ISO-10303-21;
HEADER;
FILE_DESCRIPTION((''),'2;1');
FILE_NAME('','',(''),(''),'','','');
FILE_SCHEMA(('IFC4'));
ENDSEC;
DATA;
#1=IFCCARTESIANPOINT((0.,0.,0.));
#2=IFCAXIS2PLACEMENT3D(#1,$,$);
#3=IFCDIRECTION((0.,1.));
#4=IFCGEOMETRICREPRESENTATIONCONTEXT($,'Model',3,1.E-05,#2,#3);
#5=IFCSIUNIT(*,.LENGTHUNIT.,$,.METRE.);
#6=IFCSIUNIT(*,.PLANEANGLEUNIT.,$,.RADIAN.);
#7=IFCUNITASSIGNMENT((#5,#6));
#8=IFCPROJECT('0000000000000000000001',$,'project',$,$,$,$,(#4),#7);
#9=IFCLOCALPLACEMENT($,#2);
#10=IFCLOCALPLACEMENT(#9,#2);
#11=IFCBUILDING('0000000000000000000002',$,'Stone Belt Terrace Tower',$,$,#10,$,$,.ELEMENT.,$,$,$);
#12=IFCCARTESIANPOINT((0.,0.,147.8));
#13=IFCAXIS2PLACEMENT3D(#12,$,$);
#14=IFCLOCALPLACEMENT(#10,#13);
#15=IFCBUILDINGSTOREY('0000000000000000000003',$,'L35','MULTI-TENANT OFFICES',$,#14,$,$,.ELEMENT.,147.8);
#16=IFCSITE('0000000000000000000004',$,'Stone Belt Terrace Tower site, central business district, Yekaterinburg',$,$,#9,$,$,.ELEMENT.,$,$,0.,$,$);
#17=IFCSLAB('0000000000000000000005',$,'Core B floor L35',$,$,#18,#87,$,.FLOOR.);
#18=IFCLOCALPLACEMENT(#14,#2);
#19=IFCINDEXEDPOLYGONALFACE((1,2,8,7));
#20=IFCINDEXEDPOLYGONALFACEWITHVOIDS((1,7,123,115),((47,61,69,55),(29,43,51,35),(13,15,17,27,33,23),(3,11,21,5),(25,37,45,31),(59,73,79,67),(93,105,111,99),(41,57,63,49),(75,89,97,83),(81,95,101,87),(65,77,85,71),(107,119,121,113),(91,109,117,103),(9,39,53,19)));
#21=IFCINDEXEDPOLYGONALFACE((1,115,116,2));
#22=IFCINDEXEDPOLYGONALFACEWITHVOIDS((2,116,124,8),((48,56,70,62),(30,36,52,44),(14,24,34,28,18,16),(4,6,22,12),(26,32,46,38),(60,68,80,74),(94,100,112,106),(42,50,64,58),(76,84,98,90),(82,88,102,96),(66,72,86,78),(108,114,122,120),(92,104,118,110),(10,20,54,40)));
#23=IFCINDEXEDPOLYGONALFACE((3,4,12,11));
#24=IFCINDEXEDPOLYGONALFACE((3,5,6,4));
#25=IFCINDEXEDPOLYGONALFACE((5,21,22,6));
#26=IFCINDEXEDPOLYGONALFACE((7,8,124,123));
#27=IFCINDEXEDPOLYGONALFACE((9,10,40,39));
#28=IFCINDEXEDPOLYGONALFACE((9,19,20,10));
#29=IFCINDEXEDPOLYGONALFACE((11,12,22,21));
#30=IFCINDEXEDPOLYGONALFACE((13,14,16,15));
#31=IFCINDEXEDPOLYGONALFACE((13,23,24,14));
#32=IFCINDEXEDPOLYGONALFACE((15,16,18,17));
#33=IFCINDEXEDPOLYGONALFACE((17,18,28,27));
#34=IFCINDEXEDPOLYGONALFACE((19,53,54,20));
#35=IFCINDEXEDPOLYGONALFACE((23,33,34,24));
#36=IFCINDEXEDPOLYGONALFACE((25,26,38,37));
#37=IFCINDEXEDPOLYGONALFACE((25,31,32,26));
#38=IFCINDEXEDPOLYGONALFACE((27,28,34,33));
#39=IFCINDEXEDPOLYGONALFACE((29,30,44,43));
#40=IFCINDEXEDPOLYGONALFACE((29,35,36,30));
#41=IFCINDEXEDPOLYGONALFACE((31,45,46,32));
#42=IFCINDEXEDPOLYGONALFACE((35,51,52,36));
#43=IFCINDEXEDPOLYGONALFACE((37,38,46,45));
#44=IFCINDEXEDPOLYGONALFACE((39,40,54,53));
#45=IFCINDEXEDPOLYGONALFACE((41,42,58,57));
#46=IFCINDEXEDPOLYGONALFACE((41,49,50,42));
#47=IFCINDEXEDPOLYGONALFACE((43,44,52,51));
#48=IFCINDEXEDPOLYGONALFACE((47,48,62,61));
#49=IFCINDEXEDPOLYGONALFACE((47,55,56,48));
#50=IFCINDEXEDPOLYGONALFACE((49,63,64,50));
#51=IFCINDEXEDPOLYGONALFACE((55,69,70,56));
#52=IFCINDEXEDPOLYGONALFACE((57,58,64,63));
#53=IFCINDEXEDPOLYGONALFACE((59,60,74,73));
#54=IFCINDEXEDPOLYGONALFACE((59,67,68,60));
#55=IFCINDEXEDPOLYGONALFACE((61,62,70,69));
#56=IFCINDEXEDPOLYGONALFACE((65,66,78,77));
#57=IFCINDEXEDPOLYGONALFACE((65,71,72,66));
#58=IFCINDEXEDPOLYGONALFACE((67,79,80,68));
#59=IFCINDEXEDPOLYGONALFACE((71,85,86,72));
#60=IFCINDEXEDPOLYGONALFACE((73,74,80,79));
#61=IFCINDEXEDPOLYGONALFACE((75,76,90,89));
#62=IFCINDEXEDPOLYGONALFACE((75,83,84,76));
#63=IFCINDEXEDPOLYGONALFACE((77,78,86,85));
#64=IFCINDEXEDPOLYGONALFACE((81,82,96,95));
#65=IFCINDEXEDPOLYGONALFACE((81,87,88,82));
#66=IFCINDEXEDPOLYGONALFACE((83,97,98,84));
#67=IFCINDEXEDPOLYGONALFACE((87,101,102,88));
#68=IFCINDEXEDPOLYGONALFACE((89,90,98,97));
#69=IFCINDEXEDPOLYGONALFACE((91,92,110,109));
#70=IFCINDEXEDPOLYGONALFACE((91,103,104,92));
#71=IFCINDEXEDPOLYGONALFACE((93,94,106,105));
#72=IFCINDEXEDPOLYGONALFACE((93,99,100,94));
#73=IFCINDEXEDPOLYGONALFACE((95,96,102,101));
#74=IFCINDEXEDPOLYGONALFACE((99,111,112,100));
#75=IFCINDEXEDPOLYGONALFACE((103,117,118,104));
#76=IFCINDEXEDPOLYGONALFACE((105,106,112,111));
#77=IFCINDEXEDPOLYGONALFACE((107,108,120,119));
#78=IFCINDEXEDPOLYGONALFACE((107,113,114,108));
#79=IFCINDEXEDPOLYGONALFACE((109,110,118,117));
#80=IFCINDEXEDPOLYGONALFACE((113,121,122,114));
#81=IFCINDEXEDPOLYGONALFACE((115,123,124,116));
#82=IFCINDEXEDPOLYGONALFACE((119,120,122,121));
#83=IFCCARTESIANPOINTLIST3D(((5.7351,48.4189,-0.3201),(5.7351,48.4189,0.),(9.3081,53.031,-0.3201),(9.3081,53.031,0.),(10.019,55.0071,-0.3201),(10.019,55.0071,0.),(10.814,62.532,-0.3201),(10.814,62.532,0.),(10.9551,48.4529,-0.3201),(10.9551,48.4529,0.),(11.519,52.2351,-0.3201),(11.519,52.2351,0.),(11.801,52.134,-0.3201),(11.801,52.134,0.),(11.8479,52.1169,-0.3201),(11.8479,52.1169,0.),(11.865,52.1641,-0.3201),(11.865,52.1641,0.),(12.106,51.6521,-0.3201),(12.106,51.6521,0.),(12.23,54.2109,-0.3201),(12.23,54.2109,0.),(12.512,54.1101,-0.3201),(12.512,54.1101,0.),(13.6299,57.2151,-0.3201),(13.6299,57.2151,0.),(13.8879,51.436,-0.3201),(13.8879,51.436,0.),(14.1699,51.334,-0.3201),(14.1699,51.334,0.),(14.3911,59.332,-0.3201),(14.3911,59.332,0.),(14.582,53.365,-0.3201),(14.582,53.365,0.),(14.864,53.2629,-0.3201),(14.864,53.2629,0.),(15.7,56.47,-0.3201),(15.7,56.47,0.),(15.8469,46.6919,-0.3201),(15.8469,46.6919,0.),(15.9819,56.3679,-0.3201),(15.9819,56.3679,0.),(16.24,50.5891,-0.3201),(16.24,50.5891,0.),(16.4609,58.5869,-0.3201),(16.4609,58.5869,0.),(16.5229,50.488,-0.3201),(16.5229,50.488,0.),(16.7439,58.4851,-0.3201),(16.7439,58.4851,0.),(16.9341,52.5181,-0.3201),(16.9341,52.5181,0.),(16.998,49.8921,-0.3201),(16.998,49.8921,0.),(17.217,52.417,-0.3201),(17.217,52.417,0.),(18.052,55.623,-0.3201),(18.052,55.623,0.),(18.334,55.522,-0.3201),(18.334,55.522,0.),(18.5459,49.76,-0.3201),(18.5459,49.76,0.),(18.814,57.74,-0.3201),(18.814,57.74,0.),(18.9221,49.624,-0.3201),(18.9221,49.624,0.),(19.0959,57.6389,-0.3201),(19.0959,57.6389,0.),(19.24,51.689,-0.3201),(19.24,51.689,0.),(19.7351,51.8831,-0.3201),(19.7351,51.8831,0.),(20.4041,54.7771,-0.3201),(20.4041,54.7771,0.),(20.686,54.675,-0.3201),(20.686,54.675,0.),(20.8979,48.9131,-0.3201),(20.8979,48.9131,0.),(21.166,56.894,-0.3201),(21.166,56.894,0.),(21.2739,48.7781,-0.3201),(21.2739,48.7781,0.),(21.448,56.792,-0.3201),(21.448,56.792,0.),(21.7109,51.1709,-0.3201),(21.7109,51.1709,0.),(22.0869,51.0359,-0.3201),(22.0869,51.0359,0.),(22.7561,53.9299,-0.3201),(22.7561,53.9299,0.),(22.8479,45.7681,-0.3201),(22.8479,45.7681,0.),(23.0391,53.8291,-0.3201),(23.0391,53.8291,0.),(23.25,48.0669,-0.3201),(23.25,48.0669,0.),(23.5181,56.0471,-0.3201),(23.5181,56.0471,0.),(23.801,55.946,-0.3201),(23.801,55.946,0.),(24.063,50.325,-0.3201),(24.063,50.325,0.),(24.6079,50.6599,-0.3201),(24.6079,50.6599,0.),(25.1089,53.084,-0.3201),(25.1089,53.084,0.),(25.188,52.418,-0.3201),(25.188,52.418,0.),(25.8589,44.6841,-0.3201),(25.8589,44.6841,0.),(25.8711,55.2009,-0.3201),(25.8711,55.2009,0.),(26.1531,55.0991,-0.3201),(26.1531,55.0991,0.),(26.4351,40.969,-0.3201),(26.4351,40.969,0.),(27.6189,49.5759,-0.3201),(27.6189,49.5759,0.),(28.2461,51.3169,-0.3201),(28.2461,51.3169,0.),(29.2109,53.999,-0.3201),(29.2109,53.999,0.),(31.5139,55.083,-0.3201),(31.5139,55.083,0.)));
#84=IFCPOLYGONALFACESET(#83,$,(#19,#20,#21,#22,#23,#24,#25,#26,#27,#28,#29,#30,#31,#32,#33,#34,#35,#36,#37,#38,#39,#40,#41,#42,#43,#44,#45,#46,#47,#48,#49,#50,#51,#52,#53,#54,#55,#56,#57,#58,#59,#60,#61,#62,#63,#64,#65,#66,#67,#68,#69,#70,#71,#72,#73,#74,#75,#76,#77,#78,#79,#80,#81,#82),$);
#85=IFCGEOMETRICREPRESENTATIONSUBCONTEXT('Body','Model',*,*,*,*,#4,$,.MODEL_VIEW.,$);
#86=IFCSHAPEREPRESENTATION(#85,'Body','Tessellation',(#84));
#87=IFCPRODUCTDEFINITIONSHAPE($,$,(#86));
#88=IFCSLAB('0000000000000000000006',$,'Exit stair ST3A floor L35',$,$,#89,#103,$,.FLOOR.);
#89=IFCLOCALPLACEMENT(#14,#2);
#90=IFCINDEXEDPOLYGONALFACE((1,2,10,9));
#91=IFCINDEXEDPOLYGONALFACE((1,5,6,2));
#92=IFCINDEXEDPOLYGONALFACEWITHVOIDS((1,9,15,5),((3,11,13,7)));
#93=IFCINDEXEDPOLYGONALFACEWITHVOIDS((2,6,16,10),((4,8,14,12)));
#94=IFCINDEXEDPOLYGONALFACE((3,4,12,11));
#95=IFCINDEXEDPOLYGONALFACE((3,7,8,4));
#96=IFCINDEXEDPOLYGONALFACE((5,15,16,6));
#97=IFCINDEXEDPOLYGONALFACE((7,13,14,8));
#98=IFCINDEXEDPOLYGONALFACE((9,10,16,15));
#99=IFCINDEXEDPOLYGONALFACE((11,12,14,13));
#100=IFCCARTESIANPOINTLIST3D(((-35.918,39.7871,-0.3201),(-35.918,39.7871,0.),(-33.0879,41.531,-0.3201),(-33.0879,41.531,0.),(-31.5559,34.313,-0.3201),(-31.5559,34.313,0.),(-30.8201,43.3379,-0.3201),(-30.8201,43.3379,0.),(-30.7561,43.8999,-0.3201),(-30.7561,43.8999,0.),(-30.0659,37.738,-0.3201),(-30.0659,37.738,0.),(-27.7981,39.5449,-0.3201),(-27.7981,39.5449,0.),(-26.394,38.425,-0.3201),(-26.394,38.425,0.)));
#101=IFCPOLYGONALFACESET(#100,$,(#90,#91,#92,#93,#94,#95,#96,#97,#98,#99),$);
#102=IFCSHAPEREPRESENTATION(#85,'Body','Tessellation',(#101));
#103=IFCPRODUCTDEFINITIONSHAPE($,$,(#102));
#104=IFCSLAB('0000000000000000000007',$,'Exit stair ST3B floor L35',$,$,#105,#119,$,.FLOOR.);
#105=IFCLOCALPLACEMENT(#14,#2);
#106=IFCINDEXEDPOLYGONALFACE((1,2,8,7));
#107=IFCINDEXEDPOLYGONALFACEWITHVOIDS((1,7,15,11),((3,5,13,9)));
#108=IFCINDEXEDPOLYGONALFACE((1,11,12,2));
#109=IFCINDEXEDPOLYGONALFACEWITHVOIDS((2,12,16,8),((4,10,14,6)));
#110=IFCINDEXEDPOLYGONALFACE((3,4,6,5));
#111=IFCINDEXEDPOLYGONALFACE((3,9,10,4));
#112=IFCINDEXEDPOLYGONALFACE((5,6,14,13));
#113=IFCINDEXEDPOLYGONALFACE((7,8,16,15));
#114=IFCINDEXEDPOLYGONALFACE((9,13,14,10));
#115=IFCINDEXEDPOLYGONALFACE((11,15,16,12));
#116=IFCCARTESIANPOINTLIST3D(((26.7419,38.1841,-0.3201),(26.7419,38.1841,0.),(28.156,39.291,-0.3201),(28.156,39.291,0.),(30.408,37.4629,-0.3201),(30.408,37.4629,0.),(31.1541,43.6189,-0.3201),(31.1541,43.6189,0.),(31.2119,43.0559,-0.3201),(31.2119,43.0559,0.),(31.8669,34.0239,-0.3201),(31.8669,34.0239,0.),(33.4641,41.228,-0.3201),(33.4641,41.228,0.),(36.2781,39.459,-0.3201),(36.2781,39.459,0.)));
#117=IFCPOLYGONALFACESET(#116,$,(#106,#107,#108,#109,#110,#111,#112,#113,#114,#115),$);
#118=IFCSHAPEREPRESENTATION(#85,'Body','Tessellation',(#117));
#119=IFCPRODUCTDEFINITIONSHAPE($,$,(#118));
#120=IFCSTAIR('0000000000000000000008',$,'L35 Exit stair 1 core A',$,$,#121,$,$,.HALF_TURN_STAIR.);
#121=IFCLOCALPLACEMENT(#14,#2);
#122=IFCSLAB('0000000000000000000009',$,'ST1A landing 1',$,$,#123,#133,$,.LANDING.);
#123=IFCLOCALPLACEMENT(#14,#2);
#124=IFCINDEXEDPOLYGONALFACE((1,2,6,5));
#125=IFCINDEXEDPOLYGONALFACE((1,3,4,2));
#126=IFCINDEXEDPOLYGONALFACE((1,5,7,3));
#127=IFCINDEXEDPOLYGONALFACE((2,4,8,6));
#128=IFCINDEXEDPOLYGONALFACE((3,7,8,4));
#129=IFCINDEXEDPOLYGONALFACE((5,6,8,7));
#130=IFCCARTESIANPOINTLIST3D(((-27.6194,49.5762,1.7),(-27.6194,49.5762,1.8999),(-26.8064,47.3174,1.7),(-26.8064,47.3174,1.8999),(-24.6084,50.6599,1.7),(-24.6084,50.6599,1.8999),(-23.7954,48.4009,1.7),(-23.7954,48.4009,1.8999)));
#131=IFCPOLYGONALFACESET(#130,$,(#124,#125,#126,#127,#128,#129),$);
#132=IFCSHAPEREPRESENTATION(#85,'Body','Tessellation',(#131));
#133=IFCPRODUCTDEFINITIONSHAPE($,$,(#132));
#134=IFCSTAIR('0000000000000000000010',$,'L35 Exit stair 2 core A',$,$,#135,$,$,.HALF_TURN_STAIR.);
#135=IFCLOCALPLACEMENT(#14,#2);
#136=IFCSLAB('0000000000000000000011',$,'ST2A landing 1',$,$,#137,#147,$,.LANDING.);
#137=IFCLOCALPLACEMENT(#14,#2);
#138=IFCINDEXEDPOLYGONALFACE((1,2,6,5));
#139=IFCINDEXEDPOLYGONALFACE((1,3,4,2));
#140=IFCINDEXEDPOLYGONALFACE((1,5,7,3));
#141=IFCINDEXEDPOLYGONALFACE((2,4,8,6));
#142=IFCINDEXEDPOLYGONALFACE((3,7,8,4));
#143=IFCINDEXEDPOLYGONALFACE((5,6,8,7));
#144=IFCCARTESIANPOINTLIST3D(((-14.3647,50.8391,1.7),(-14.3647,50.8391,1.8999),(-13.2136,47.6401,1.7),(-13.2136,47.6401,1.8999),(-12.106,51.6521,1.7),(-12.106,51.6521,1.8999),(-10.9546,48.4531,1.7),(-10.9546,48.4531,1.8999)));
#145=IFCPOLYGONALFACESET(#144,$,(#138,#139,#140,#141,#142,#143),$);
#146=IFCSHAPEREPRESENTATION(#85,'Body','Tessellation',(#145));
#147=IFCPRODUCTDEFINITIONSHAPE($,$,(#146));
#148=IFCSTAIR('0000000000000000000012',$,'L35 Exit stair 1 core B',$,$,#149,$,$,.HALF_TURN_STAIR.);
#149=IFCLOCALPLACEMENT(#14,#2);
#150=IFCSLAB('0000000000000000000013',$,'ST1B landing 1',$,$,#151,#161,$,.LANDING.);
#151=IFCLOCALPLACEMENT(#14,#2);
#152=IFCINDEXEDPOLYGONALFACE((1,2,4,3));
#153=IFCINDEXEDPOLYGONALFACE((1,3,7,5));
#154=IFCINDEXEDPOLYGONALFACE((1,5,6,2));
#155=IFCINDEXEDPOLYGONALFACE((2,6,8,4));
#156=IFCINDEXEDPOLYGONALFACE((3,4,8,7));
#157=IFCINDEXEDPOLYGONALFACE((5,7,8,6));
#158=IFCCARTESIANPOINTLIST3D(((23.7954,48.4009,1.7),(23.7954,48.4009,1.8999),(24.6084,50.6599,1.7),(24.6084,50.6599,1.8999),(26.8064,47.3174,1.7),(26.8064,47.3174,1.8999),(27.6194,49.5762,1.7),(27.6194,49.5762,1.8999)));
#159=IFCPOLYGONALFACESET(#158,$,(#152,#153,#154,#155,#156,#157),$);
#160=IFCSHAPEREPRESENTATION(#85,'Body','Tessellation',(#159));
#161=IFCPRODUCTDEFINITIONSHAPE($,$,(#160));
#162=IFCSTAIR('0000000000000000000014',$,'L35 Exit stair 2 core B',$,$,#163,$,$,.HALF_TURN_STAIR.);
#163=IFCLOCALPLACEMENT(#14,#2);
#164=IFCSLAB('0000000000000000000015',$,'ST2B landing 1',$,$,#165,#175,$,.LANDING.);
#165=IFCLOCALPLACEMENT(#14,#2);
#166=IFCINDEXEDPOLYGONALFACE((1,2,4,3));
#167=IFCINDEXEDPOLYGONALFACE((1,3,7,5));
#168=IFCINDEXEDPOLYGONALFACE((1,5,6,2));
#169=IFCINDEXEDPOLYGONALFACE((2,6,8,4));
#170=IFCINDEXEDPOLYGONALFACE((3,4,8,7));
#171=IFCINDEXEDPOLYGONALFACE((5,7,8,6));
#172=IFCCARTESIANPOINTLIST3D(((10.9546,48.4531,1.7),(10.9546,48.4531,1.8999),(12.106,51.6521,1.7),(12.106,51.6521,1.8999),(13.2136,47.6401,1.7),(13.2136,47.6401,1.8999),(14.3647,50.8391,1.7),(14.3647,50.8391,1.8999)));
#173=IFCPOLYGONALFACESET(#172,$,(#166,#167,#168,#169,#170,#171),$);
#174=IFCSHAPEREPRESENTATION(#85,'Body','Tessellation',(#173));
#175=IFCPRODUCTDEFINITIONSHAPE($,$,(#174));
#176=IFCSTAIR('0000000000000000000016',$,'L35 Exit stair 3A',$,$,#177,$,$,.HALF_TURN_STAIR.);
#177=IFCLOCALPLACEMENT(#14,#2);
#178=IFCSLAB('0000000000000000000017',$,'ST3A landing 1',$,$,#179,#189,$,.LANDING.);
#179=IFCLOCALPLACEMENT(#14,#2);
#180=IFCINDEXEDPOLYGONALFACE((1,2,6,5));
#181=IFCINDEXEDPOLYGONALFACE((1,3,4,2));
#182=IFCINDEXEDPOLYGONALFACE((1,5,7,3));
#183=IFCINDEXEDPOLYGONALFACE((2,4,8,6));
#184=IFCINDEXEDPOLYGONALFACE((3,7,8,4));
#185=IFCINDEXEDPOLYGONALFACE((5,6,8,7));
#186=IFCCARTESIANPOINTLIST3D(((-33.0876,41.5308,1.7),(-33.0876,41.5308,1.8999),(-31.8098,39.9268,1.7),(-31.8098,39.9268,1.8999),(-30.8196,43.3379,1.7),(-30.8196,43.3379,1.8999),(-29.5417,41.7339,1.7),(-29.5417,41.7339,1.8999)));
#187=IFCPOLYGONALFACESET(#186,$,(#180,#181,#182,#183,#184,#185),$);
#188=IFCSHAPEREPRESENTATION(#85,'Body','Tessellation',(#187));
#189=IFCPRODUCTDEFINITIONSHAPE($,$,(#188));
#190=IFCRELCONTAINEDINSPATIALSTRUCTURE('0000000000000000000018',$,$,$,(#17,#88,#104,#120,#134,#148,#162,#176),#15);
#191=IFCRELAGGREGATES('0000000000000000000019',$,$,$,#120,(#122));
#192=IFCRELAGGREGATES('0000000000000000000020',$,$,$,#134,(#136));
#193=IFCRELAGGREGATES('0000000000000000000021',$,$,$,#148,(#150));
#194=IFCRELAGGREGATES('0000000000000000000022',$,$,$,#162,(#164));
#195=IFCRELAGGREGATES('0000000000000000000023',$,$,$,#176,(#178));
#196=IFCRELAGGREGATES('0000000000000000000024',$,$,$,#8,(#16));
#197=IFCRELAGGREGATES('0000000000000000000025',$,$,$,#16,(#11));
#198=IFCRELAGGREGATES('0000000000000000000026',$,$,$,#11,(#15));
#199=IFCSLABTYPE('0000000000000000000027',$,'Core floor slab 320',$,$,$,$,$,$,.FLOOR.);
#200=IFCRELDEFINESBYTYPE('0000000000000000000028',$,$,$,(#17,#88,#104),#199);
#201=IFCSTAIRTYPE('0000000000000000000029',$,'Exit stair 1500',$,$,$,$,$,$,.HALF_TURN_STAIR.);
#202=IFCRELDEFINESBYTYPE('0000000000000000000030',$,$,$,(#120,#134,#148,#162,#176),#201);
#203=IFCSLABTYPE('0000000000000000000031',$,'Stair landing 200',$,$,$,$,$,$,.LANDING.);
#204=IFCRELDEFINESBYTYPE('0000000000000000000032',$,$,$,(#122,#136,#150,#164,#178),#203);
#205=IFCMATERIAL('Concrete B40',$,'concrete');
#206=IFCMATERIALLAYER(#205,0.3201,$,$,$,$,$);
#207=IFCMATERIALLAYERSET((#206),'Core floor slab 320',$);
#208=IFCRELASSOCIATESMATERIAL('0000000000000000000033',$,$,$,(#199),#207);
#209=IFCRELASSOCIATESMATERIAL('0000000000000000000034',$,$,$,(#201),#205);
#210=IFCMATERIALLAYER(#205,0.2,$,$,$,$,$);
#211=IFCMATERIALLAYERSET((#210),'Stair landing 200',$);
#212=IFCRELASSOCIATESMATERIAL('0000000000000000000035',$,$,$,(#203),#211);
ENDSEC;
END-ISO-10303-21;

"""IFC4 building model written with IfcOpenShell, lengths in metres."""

from ifc_helpers import new_model, si_unit, direction, frame, origin, place, context, subcontext, project, spatial, polyline, outline, extrude, material, layer, layer_set, type_object, element, aggregate, save


model = new_model("IFC4")

# Units and contexts
model_context = context("Model", 3, precision=1e-05, world=origin(), true_north=direction((0.0, 1.0)))
body_context = subcontext(model_context, "Body", "Model", "MODEL_VIEW")
ifc_project = project(units=[si_unit("LENGTHUNIT", "METRE"), si_unit("PLANEANGLEUNIT", "RADIAN")], contexts=[model_context])

# Site, building, storey
site_placement = place(None, origin())
site = spatial("IfcSite", under=ifc_project, at=site_placement, Name="Stone Belt Terrace Tower site, central business district, Yekaterinburg", CompositionType="ELEMENT", RefElevation=0.0)
building_placement = place(site_placement, origin())
building = spatial("IfcBuilding", under=site, at=building_placement, Name="Stone Belt Terrace Tower", CompositionType="ELEMENT")
storey_placement = place(building_placement, frame((0.0, 0.0, 147.8)))
storey = spatial("IfcBuildingStorey", under=building, at=storey_placement, Name="L35", Description="MULTI-TENANT OFFICES", CompositionType="ELEMENT", Elevation=147.8)

# Slabs
ifc_material_1 = material(Name="Concrete B40", Category="concrete")
ifc_layer_1 = layer(ifc_material_1, 0.3201)
ifc_layer_set_1 = layer_set([ifc_layer_1], Name="Core floor slab 320")
slab_type_1 = type_object("IfcSlabType", Name="Core floor slab 320", PredefinedType="FLOOR", material=ifc_layer_set_1)
slab_1_placement = place(storey_placement, frame((0.0, 0.0, -0.3201)))
element("IfcSlab", 1, at=slab_1_placement, inside=storey, type_object=slab_type_1, Name="Core B floor L35", PredefinedType="FLOOR", context=body_context, shape_type="SweptSolid", body=[
    extrude(outline(polyline([(26.4351, 40.969), (31.5139, 55.083), (10.814, 62.532), (5.7351, 48.4189), (26.4351, 40.969)]), holes=[polyline([(12.106, 51.6521), (16.998, 49.8921), (15.8469, 46.6919), (10.9551, 48.4529), (12.106, 51.6521)]), polyline([(19.24, 51.689), (18.5459, 49.76), (16.5229, 50.488), (17.217, 52.417), (19.24, 51.689)]), polyline([(16.24, 50.5891), (14.1699, 51.334), (14.864, 53.2629), (16.9341, 52.5181), (16.24, 50.5891)]), polyline([(12.512, 54.1101), (14.582, 53.365), (13.8879, 51.436), (11.865, 52.1641), (11.8479, 52.1169), (11.801, 52.134), (12.512, 54.1101)]), polyline([(9.3081, 53.031), (10.019, 55.0071), (12.23, 54.2109), (11.519, 52.2351), (9.3081, 53.031)]), polyline([(16.7439, 58.4851), (18.814, 57.74), (18.052, 55.623), (15.9819, 56.3679), (16.7439, 58.4851)]), polyline([(14.3911, 59.332), (16.4609, 58.5869), (15.7, 56.47), (13.6299, 57.2151), (14.3911, 59.332)]), polyline([(27.6189, 49.5759), (25.8589, 44.6841), (22.8479, 45.7681), (24.6079, 50.6599), (27.6189, 49.5759)]), polyline([(23.25, 48.0669), (21.2739, 48.7781), (22.0869, 51.0359), (24.063, 50.325), (23.25, 48.0669)]), polyline([(20.8979, 48.9131), (18.9221, 49.624), (19.7351, 51.8831), (21.7109, 51.1709), (20.8979, 48.9131)]), polyline([(29.2109, 53.999), (28.2461, 51.3169), (25.188, 52.418), (26.1531, 55.0991), (29.2109, 53.999)]), polyline([(23.801, 55.946), (25.8711, 55.2009), (25.1089, 53.084), (23.0391, 53.8291), (23.801, 55.946)]), polyline([(21.448, 56.792), (23.5181, 56.0471), (22.7561, 53.9299), (20.686, 54.675), (21.448, 56.792)]), polyline([(19.0959, 57.6389), (21.166, 56.894), (20.4041, 54.7771), (18.334, 55.522), (19.0959, 57.6389)])]), origin(), (0.0, 0.0, 1.0), 0.3201),
])
slab_2_placement = place(storey_placement, frame((0.0, 0.0, -0.3201)))
element("IfcSlab", 2, at=slab_2_placement, inside=storey, type_object=slab_type_1, Name="Exit stair ST3A floor L35", PredefinedType="FLOOR", context=body_context, shape_type="SweptSolid", body=[
    extrude(outline(polyline([(-26.394, 38.425), (-30.7561, 43.8999), (-35.918, 39.7871), (-31.5559, 34.313), (-26.394, 38.425)]), holes=[polyline([(-27.7981, 39.5449), (-30.0659, 37.738), (-33.0879, 41.531), (-30.8201, 43.3379), (-27.7981, 39.5449)])]), origin(), (0.0, 0.0, 1.0), 0.3201),
])
slab_3_placement = place(storey_placement, frame((0.0, 0.0, -0.3201)))
element("IfcSlab", 3, at=slab_3_placement, inside=storey, type_object=slab_type_1, Name="Exit stair ST3B floor L35", PredefinedType="FLOOR", context=body_context, shape_type="SweptSolid", body=[
    extrude(outline(polyline([(26.7419, 38.1841), (31.8669, 34.0239), (36.2781, 39.459), (31.1541, 43.6189), (26.7419, 38.1841)]), holes=[polyline([(30.408, 37.4629), (28.156, 39.291), (31.2119, 43.0559), (33.4641, 41.228), (30.408, 37.4629)])]), origin(), (0.0, 0.0, 1.0), 0.3201),
])

# Stairs, slabs
stair_type = type_object("IfcStairType", Name="Exit stair 1500", PredefinedType="HALF_TURN_STAIR", material=ifc_material_1)
stair_1_placement = place(storey_placement, origin())
stair_1 = element("IfcStair", 4, at=stair_1_placement, inside=storey, type_object=stair_type, Name="L35 Exit stair 1 core A", PredefinedType="HALF_TURN_STAIR")
ifc_layer_2 = layer(ifc_material_1, 0.2)
ifc_layer_set_2 = layer_set([ifc_layer_2], Name="Stair landing 200")
slab_type_2 = type_object("IfcSlabType", Name="Stair landing 200", PredefinedType="LANDING", material=ifc_layer_set_2)
slab_4_placement = place(storey_placement, frame((0.0, 0.0, 1.7)))
slab_4 = element("IfcSlab", 5, at=slab_4_placement, type_object=slab_type_2, Name="ST1A landing 1", PredefinedType="LANDING", context=body_context, shape_type="SweptSolid", body=[
    extrude(outline(polyline([(-23.7954, 48.4009), (-24.6084, 50.6599), (-27.6194, 49.5762), (-26.8064, 47.3174), (-23.7954, 48.4009)])), origin(), (0.0, 0.0, 1.0), 0.2),
])
aggregate(stair_1, [slab_4])
stair_2_placement = place(storey_placement, origin())
stair_2 = element("IfcStair", 6, at=stair_2_placement, inside=storey, type_object=stair_type, Name="L35 Exit stair 2 core A", PredefinedType="HALF_TURN_STAIR")
slab_5_placement = place(storey_placement, frame((0.0, 0.0, 1.7)))
slab_5 = element("IfcSlab", 7, at=slab_5_placement, type_object=slab_type_2, Name="ST2A landing 1", PredefinedType="LANDING", context=body_context, shape_type="SweptSolid", body=[
    extrude(outline(polyline([(-13.2136, 47.6401), (-10.9546, 48.4531), (-12.106, 51.6521), (-14.3647, 50.8391), (-13.2136, 47.6401)])), origin(), (0.0, 0.0, 1.0), 0.2),
])
aggregate(stair_2, [slab_5])
stair_3_placement = place(storey_placement, origin())
stair_3 = element("IfcStair", 8, at=stair_3_placement, inside=storey, type_object=stair_type, Name="L35 Exit stair 1 core B", PredefinedType="HALF_TURN_STAIR")
slab_6_placement = place(storey_placement, frame((0.0, 0.0, 1.7)))
slab_6 = element("IfcSlab", 9, at=slab_6_placement, type_object=slab_type_2, Name="ST1B landing 1", PredefinedType="LANDING", context=body_context, shape_type="SweptSolid", body=[
    extrude(outline(polyline([(26.8064, 47.3174), (27.6194, 49.5762), (24.6084, 50.6599), (23.7954, 48.4009), (26.8064, 47.3174)])), origin(), (0.0, 0.0, 1.0), 0.2),
])
aggregate(stair_3, [slab_6])
stair_4_placement = place(storey_placement, origin())
stair_4 = element("IfcStair", 10, at=stair_4_placement, inside=storey, type_object=stair_type, Name="L35 Exit stair 2 core B", PredefinedType="HALF_TURN_STAIR")
slab_7_placement = place(storey_placement, frame((0.0, 0.0, 1.7)))
slab_7 = element("IfcSlab", 11, at=slab_7_placement, type_object=slab_type_2, Name="ST2B landing 1", PredefinedType="LANDING", context=body_context, shape_type="SweptSolid", body=[
    extrude(outline(polyline([(14.3647, 50.8391), (12.106, 51.6521), (10.9546, 48.4531), (13.2136, 47.6401), (14.3647, 50.8391)])), origin(), (0.0, 0.0, 1.0), 0.2),
])
aggregate(stair_4, [slab_7])
stair_5_placement = place(storey_placement, origin())
stair_5 = element("IfcStair", 12, at=stair_5_placement, inside=storey, type_object=stair_type, Name="L35 Exit stair 3A", PredefinedType="HALF_TURN_STAIR")
slab_8_placement = place(storey_placement, frame((0.0, 0.0, 1.7)))
slab_8 = element("IfcSlab", 13, at=slab_8_placement, type_object=slab_type_2, Name="ST3A landing 1", PredefinedType="LANDING", context=body_context, shape_type="SweptSolid", body=[
    extrude(outline(polyline([(-29.5417, 41.7339), (-30.8196, 43.3379), (-33.0876, 41.5308), (-31.8098, 39.9268), (-29.5417, 41.7339)])), origin(), (0.0, 0.0, 1.0), 0.2),
])
aggregate(stair_5, [slab_8])

save(model, "model.ifc")
